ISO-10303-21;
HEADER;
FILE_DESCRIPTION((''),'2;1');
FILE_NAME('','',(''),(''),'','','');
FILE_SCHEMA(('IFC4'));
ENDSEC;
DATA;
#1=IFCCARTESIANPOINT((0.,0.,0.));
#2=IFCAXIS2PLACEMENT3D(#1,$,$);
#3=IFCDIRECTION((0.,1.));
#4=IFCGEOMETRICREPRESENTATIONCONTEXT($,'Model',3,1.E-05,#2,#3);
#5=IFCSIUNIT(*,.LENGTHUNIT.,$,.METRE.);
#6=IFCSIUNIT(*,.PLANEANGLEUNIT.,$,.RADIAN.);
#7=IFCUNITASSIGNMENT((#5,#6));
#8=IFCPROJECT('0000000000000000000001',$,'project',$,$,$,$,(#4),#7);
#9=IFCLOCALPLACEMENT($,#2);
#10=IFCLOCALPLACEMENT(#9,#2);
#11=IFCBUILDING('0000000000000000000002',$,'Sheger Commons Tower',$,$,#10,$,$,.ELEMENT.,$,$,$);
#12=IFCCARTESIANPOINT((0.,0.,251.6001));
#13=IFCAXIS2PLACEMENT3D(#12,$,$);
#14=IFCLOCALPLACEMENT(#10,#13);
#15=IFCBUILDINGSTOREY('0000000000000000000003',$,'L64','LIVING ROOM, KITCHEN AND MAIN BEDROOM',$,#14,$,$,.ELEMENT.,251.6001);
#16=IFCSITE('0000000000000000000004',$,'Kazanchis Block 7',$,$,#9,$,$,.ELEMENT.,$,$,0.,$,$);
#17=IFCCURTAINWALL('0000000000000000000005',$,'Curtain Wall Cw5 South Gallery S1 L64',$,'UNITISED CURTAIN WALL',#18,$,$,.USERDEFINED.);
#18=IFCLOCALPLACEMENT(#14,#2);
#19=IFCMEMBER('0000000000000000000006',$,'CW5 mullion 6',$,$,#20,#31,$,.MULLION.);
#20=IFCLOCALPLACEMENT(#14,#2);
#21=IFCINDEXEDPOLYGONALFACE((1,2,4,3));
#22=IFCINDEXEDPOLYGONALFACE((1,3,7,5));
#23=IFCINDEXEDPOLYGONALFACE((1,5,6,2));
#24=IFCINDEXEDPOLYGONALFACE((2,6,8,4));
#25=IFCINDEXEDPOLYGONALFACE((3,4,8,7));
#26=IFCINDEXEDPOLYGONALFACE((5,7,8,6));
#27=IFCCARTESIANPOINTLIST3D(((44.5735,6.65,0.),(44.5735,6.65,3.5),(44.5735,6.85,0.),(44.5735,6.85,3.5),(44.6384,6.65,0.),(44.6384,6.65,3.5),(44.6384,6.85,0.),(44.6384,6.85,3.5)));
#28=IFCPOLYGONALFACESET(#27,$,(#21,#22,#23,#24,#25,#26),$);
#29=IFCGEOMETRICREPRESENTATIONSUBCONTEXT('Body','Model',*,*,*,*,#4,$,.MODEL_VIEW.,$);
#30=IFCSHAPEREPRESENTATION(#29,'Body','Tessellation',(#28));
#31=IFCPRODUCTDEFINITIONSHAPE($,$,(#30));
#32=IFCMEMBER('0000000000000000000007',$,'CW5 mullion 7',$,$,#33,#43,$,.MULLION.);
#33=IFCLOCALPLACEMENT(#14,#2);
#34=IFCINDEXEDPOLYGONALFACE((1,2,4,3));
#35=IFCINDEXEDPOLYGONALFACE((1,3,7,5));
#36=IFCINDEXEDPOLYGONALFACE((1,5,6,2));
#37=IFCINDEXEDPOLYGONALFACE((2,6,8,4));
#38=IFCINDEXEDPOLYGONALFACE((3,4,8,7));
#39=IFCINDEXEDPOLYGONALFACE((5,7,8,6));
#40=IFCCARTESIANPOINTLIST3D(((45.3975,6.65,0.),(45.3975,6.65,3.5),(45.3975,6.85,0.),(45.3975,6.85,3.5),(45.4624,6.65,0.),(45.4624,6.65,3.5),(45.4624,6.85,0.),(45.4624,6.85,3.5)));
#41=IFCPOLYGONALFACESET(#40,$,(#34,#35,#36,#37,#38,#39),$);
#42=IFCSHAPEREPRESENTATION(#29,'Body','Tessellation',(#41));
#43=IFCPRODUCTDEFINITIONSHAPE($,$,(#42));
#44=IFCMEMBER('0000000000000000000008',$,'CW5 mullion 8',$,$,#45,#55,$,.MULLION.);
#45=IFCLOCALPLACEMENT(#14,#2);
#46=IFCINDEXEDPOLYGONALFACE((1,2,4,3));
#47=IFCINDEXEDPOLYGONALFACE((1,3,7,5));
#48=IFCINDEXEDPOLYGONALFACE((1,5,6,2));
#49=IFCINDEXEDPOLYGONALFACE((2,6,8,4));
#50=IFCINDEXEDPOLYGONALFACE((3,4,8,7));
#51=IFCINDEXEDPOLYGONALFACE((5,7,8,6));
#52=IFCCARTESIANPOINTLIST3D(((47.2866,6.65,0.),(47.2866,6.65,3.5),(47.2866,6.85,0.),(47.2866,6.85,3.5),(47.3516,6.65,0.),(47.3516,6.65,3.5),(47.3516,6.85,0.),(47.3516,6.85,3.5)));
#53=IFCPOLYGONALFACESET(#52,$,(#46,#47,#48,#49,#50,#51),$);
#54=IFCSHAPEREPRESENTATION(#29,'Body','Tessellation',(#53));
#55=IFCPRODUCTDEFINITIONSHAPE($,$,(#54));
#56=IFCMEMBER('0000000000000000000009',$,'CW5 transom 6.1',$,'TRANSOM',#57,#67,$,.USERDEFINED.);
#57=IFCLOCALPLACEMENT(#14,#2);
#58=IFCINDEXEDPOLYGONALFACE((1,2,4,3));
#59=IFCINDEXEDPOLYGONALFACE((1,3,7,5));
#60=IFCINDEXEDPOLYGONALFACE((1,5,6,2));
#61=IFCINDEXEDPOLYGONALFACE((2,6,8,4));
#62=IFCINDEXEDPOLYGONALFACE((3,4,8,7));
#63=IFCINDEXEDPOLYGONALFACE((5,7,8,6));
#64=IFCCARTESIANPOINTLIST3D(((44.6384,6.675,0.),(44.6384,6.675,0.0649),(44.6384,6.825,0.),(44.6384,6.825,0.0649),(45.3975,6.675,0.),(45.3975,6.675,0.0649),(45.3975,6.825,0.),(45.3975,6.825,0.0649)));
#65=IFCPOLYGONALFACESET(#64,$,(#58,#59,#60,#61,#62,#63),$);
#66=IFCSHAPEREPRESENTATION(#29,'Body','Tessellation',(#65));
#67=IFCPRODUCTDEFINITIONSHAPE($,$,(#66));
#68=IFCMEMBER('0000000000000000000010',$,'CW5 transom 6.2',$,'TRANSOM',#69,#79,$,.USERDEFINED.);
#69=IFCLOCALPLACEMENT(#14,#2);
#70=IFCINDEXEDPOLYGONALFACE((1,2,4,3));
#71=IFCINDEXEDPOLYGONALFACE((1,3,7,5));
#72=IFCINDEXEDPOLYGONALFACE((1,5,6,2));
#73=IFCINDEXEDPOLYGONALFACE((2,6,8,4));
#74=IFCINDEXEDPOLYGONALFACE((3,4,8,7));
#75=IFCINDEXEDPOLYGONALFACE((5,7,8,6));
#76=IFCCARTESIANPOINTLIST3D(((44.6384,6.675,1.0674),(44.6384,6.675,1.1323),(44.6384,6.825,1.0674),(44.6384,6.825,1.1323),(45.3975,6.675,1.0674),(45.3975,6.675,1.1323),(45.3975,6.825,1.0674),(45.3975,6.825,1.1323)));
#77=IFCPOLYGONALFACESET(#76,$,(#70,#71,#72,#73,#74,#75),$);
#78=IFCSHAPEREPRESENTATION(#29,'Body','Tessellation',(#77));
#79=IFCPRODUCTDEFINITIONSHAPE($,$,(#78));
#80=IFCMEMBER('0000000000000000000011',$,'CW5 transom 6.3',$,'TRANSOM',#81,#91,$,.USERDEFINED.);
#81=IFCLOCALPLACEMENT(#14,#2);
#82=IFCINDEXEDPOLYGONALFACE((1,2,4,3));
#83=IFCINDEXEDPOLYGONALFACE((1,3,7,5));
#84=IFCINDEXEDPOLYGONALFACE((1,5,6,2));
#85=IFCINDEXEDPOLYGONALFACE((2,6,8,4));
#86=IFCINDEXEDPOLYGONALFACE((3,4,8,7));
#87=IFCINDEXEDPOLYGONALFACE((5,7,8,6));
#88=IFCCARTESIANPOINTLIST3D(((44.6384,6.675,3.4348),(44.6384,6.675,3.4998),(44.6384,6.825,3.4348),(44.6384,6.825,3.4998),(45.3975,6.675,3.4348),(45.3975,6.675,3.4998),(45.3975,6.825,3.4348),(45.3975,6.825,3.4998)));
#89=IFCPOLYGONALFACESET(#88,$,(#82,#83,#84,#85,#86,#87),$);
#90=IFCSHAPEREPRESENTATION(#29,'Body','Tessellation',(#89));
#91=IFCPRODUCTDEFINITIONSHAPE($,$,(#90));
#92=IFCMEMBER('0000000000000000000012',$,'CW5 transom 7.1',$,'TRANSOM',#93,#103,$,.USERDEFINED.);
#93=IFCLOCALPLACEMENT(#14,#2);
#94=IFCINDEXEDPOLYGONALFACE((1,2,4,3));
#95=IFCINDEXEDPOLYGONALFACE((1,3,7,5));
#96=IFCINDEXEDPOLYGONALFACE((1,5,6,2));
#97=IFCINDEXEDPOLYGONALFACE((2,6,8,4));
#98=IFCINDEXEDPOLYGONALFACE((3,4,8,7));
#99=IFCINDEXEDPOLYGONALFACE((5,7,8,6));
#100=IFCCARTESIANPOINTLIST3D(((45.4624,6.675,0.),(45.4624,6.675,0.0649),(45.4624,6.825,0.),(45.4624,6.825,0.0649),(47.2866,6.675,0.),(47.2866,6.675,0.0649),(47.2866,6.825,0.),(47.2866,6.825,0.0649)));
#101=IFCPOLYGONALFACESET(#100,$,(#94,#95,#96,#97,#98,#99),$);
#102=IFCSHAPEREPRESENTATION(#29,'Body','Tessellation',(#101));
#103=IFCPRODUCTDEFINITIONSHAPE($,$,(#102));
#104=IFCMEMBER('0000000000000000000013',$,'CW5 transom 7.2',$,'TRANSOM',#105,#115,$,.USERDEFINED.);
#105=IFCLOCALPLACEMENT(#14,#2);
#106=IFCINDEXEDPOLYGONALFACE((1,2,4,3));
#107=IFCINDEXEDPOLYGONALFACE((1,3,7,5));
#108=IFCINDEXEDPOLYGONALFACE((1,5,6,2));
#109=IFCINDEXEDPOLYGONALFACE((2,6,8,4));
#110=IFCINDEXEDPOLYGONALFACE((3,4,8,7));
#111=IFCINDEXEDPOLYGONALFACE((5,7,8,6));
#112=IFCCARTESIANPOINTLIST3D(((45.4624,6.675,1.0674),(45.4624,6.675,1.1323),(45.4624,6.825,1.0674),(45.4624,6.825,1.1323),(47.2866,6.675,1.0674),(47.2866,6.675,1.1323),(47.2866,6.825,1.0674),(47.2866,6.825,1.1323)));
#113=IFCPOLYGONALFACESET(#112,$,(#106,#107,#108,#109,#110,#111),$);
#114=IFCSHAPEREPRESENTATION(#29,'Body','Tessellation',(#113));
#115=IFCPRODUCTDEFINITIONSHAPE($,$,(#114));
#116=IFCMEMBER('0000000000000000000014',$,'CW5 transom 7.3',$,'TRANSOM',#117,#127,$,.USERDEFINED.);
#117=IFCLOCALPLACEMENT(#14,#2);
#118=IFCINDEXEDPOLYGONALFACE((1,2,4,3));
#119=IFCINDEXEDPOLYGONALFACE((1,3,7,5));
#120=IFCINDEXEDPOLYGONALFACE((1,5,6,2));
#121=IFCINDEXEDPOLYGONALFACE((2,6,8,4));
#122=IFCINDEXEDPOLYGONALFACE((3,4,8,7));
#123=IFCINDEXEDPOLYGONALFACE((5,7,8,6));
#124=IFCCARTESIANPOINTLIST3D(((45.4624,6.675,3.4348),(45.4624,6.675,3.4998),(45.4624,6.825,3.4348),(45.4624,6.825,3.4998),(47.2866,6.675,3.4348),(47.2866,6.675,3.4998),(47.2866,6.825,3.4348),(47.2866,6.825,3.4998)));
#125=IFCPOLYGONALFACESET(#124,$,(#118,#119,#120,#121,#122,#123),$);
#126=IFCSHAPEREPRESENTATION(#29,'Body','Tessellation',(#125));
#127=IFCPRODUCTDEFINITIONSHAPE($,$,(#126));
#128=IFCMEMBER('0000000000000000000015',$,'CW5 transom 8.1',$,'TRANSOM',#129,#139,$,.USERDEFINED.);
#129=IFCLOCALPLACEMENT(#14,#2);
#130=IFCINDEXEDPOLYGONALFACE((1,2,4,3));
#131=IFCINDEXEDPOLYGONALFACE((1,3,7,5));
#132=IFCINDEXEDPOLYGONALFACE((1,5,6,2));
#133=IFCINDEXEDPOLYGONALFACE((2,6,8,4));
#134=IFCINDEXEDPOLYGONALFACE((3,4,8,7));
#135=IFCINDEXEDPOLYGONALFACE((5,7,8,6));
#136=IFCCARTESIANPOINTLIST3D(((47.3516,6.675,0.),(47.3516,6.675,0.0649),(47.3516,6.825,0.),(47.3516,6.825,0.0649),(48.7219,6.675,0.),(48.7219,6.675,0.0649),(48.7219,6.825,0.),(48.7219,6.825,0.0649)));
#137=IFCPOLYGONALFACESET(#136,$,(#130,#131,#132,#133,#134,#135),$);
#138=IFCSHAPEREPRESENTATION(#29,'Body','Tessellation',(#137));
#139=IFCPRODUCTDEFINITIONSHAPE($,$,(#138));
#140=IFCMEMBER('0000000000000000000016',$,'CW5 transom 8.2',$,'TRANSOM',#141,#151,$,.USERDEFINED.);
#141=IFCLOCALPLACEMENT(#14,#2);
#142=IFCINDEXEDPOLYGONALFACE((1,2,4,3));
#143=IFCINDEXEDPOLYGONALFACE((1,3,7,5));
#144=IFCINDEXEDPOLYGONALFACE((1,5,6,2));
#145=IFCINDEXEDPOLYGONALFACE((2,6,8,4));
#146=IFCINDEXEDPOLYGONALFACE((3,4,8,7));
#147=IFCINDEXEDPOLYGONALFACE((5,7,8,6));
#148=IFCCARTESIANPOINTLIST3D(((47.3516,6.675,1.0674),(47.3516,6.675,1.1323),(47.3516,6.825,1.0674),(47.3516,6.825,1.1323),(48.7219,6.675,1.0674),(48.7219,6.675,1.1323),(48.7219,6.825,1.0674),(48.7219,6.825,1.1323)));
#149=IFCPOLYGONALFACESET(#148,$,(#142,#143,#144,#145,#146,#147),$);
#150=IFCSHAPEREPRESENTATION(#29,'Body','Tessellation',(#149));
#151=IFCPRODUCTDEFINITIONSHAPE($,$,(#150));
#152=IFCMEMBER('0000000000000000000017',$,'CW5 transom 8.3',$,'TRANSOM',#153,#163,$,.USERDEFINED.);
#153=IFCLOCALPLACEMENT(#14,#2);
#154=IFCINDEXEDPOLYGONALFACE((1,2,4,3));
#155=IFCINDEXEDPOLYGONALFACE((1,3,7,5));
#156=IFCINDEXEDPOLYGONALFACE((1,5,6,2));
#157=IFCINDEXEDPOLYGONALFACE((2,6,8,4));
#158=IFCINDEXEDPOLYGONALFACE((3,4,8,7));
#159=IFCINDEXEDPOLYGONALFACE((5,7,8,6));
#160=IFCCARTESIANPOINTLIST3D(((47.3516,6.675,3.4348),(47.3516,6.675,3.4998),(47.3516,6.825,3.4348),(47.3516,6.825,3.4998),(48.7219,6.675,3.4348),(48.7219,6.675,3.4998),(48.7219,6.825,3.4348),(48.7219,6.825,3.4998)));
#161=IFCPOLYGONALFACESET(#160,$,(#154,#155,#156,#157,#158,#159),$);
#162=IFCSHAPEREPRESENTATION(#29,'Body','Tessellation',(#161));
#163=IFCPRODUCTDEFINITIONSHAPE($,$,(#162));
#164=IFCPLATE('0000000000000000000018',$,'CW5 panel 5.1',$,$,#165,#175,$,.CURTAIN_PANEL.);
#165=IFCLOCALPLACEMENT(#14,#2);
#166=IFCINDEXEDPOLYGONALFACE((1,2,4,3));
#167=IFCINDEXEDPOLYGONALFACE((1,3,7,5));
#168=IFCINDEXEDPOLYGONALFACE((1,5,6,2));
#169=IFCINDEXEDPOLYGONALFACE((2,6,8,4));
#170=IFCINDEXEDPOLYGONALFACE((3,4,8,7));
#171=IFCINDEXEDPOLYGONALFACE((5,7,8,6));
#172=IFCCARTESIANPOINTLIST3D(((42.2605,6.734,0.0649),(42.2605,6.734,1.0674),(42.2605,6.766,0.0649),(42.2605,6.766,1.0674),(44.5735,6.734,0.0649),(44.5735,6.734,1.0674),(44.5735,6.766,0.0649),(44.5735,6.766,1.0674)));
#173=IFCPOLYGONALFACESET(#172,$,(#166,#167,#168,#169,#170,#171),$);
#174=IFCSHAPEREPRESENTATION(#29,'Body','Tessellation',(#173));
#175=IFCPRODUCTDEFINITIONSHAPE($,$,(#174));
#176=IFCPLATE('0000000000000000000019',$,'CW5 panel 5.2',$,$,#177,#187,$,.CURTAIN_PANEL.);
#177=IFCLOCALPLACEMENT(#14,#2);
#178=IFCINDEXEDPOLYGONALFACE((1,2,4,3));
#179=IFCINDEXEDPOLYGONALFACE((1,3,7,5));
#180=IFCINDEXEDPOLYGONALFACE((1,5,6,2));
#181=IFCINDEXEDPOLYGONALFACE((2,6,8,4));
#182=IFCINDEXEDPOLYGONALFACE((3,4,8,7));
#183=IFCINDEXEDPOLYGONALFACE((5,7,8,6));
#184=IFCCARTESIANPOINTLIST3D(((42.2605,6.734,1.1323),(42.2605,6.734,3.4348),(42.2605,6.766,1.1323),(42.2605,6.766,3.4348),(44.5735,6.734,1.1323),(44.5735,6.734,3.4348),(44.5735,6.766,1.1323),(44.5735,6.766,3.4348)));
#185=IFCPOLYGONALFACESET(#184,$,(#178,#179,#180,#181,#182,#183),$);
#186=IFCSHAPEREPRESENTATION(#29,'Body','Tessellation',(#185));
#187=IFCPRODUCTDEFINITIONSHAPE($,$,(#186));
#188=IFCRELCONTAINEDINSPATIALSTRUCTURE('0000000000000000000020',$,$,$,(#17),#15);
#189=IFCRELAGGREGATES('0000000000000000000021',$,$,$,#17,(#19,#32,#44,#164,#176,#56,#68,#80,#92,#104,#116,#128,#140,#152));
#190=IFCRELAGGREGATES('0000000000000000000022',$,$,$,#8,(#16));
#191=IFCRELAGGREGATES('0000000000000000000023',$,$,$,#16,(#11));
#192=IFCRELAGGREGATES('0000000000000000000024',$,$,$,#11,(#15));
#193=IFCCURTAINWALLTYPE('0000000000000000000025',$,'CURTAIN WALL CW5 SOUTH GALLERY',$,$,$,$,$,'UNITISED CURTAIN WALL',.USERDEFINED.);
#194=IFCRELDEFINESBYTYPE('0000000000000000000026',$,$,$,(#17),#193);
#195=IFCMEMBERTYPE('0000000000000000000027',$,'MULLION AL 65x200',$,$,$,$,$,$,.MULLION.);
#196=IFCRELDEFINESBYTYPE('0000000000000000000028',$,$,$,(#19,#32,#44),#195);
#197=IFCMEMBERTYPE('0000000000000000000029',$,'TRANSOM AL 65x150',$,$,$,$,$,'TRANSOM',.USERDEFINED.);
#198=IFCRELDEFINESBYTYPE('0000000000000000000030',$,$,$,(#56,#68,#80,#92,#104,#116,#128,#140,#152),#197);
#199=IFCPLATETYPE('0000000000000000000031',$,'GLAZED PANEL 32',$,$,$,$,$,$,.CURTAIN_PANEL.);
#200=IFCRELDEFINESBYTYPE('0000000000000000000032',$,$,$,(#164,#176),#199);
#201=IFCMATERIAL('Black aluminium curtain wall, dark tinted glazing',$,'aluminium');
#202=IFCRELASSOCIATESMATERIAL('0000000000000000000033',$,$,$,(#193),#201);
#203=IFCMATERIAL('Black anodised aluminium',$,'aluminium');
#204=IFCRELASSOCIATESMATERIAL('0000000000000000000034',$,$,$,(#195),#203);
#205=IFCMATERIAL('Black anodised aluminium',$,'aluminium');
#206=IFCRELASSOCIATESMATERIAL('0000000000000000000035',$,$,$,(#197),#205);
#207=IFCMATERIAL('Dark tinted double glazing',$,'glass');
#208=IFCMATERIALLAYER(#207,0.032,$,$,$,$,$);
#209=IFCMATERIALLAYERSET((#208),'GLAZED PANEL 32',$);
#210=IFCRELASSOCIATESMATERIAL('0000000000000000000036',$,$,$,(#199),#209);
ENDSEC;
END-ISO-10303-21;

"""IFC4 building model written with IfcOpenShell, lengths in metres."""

from ifc_helpers import new_model, si_unit, direction, frame, origin, origin_2d, place, context, subcontext, project, spatial, rectangle, extrude, material, layer, layer_set, material_profile, profile_set, type_object, element, aggregate, save


model = new_model("IFC4")

# Units and contexts
model_context = context("Model", 3, precision=1e-05, world=origin(), true_north=direction((0.0, 1.0)))
body_context = subcontext(model_context, "Body", "Model", "MODEL_VIEW")
ifc_project = project(units=[si_unit("LENGTHUNIT", "METRE"), si_unit("PLANEANGLEUNIT", "RADIAN")], contexts=[model_context])

# Site, building, storey
site_placement = place(None, origin())
site = spatial("IfcSite", under=ifc_project, at=site_placement, Name="Kazanchis Block 7", CompositionType="ELEMENT", RefElevation=0.0)
building_placement = place(site_placement, origin())
building = spatial("IfcBuilding", under=site, at=building_placement, Name="Sheger Commons Tower", CompositionType="ELEMENT")
storey_placement = place(building_placement, frame((0.0, 0.0, 251.6001)))
storey = spatial("IfcBuildingStorey", under=building, at=storey_placement, Name="L64", Description="LIVING ROOM, KITCHEN AND MAIN BEDROOM", CompositionType="ELEMENT", Elevation=251.6001)

# Curtain wall, members, plates
ifc_material_1 = material(Name="Black aluminium curtain wall, dark tinted glazing", Category="aluminium")
curtain_wall_type = type_object("IfcCurtainWallType", Name="CURTAIN WALL CW5 SOUTH GALLERY", ElementType="UNITISED CURTAIN WALL", PredefinedType="USERDEFINED", material=ifc_material_1)
curtain_wall_placement = place(storey_placement, origin())
curtain_wall = element("IfcCurtainWall", 1, at=curtain_wall_placement, inside=storey, type_object=curtain_wall_type, Name="Curtain Wall Cw5 South Gallery S1 L64", ObjectType="UNITISED CURTAIN WALL", PredefinedType="USERDEFINED")
ifc_material_2 = material(Name="Black anodised aluminium", Category="aluminium")
ifc_material_profile_1 = material_profile(ifc_material_2, rectangle(XDim=0.2, YDim=0.0649, at=origin_2d()), Name="AL 65x200")
ifc_profile_set_1 = profile_set([ifc_material_profile_1], Name="Black anodised aluminium")
member_type_1 = type_object("IfcMemberType", Name="MULLION AL 65x200", PredefinedType="MULLION", material=ifc_profile_set_1)
member_1_placement = place(storey_placement, frame((44.606, 6.75, 0.0), z_axis=(0.0, 0.0, 1.0), x_axis=(0.0, 1.0, 0.0)))
member_1 = element("IfcMember", 2, at=member_1_placement, type_object=member_type_1, Name="CW5 mullion 6", PredefinedType="MULLION", context=body_context, shape_type="SweptSolid", body=[
    extrude(rectangle(XDim=0.2, YDim=0.0649, at=origin_2d()), origin(), (0.0, 0.0, 1.0), 3.5),
])
member_2_placement = place(storey_placement, frame((45.4299, 6.75, 0.0), z_axis=(0.0, 0.0, 1.0), x_axis=(0.0, 1.0, 0.0)))
member_2 = element("IfcMember", 3, at=member_2_placement, type_object=member_type_1, Name="CW5 mullion 7", PredefinedType="MULLION", context=body_context, shape_type="SweptSolid", body=[
    extrude(rectangle(XDim=0.2, YDim=0.0649, at=origin_2d()), origin(), (0.0, 0.0, 1.0), 3.5),
])
member_3_placement = place(storey_placement, frame((47.3191, 6.75, 0.0), z_axis=(0.0, 0.0, 1.0), x_axis=(0.0, 1.0, 0.0)))
member_3 = element("IfcMember", 4, at=member_3_placement, type_object=member_type_1, Name="CW5 mullion 8", PredefinedType="MULLION", context=body_context, shape_type="SweptSolid", body=[
    extrude(rectangle(XDim=0.2, YDim=0.0649, at=origin_2d()), origin(), (0.0, 0.0, 1.0), 3.5),
])
ifc_material_3 = material(Name="Black anodised aluminium", Category="aluminium")
ifc_material_profile_2 = material_profile(ifc_material_3, rectangle(XDim=0.1499, YDim=0.0649, at=origin_2d()), Name="AL 65x150")
ifc_profile_set_2 = profile_set([ifc_material_profile_2], Name="Black anodised aluminium")
member_type_2 = type_object("IfcMemberType", Name="TRANSOM AL 65x150", ElementType="TRANSOM", PredefinedType="USERDEFINED", material=ifc_profile_set_2)
member_4_placement = place(storey_placement, frame((44.6384, 6.75, 0.0325), z_axis=(1.0, 0.0, 0.0), x_axis=(0.0, 1.0, 0.0)))
member_4 = element("IfcMember", 5, at=member_4_placement, type_object=member_type_2, Name="CW5 transom 6.1", ObjectType="TRANSOM", PredefinedType="USERDEFINED", context=body_context, shape_type="SweptSolid", body=[
    extrude(rectangle(XDim=0.1499, YDim=0.0649, at=origin_2d()), origin(), (0.0, 0.0, 1.0), 0.759),
])
member_5_placement = place(storey_placement, frame((44.6384, 6.75, 1.0999), z_axis=(1.0, 0.0, 0.0), x_axis=(0.0, 1.0, 0.0)))
member_5 = element("IfcMember", 6, at=member_5_placement, type_object=member_type_2, Name="CW5 transom 6.2", ObjectType="TRANSOM", PredefinedType="USERDEFINED", context=body_context, shape_type="SweptSolid", body=[
    extrude(rectangle(XDim=0.1499, YDim=0.0649, at=origin_2d()), origin(), (0.0, 0.0, 1.0), 0.759),
])
member_6_placement = place(storey_placement, frame((44.6384, 6.75, 3.4673), z_axis=(1.0, 0.0, 0.0), x_axis=(0.0, 1.0, 0.0)))
member_6 = element("IfcMember", 7, at=member_6_placement, type_object=member_type_2, Name="CW5 transom 6.3", ObjectType="TRANSOM", PredefinedType="USERDEFINED", context=body_context, shape_type="SweptSolid", body=[
    extrude(rectangle(XDim=0.1499, YDim=0.0649, at=origin_2d()), origin(), (0.0, 0.0, 1.0), 0.759),
])
member_7_placement = place(storey_placement, frame((45.4624, 6.75, 0.0325), z_axis=(1.0, 0.0, 0.0), x_axis=(0.0, 1.0, 0.0)))
member_7 = element("IfcMember", 8, at=member_7_placement, type_object=member_type_2, Name="CW5 transom 7.1", ObjectType="TRANSOM", PredefinedType="USERDEFINED", context=body_context, shape_type="SweptSolid", body=[
    extrude(rectangle(XDim=0.1499, YDim=0.0649, at=origin_2d()), origin(), (0.0, 0.0, 1.0), 1.8242),
])
member_8_placement = place(storey_placement, frame((45.4624, 6.75, 1.0999), z_axis=(1.0, 0.0, 0.0), x_axis=(0.0, 1.0, 0.0)))
member_8 = element("IfcMember", 9, at=member_8_placement, type_object=member_type_2, Name="CW5 transom 7.2", ObjectType="TRANSOM", PredefinedType="USERDEFINED", context=body_context, shape_type="SweptSolid", body=[
    extrude(rectangle(XDim=0.1499, YDim=0.0649, at=origin_2d()), origin(), (0.0, 0.0, 1.0), 1.8242),
])
member_9_placement = place(storey_placement, frame((45.4624, 6.75, 3.4673), z_axis=(1.0, 0.0, 0.0), x_axis=(0.0, 1.0, 0.0)))
member_9 = element("IfcMember", 10, at=member_9_placement, type_object=member_type_2, Name="CW5 transom 7.3", ObjectType="TRANSOM", PredefinedType="USERDEFINED", context=body_context, shape_type="SweptSolid", body=[
    extrude(rectangle(XDim=0.1499, YDim=0.0649, at=origin_2d()), origin(), (0.0, 0.0, 1.0), 1.8242),
])
member_10_placement = place(storey_placement, frame((47.3516, 6.75, 0.0325), z_axis=(1.0, 0.0, 0.0), x_axis=(0.0, 1.0, 0.0)))
member_10 = element("IfcMember", 11, at=member_10_placement, type_object=member_type_2, Name="CW5 transom 8.1", ObjectType="TRANSOM", PredefinedType="USERDEFINED", context=body_context, shape_type="SweptSolid", body=[
    extrude(rectangle(XDim=0.1499, YDim=0.0649, at=origin_2d()), origin(), (0.0, 0.0, 1.0), 1.3704),
])
member_11_placement = place(storey_placement, frame((47.3516, 6.75, 1.0999), z_axis=(1.0, 0.0, 0.0), x_axis=(0.0, 1.0, 0.0)))
member_11 = element("IfcMember", 12, at=member_11_placement, type_object=member_type_2, Name="CW5 transom 8.2", ObjectType="TRANSOM", PredefinedType="USERDEFINED", context=body_context, shape_type="SweptSolid", body=[
    extrude(rectangle(XDim=0.1499, YDim=0.0649, at=origin_2d()), origin(), (0.0, 0.0, 1.0), 1.3704),
])
member_12_placement = place(storey_placement, frame((47.3516, 6.75, 3.4673), z_axis=(1.0, 0.0, 0.0), x_axis=(0.0, 1.0, 0.0)))
member_12 = element("IfcMember", 13, at=member_12_placement, type_object=member_type_2, Name="CW5 transom 8.3", ObjectType="TRANSOM", PredefinedType="USERDEFINED", context=body_context, shape_type="SweptSolid", body=[
    extrude(rectangle(XDim=0.1499, YDim=0.0649, at=origin_2d()), origin(), (0.0, 0.0, 1.0), 1.3704),
])
ifc_material_4 = material(Name="Dark tinted double glazing", Category="glass")
ifc_layer = layer(ifc_material_4, 0.032)
ifc_layer_set = layer_set([ifc_layer], Name="GLAZED PANEL 32")
plate_type = type_object("IfcPlateType", Name="GLAZED PANEL 32", PredefinedType="CURTAIN_PANEL", material=ifc_layer_set)
plate_1_placement = place(storey_placement, frame((43.417, 6.75, 0.0649), z_axis=(0.0, 0.0, 1.0), x_axis=(1.0, 0.0, 0.0)))
plate_1 = element("IfcPlate", 14, at=plate_1_placement, type_object=plate_type, Name="CW5 panel 5.1", PredefinedType="CURTAIN_PANEL", context=body_context, shape_type="SweptSolid", body=[
    extrude(rectangle(XDim=2.313, YDim=0.032, at=origin_2d()), origin(), (0.0, 0.0, 1.0), 1.0024),
])
plate_2_placement = place(storey_placement, frame((43.417, 6.75, 1.1323), z_axis=(0.0, 0.0, 1.0), x_axis=(1.0, 0.0, 0.0)))
plate_2 = element("IfcPlate", 15, at=plate_2_placement, type_object=plate_type, Name="CW5 panel 5.2", PredefinedType="CURTAIN_PANEL", context=body_context, shape_type="SweptSolid", body=[
    extrude(rectangle(XDim=2.313, YDim=0.032, at=origin_2d()), origin(), (0.0, 0.0, 1.0), 2.3025),
])
aggregate(curtain_wall, [member_1, member_2, member_3, plate_1, plate_2, member_4, member_5, member_6, member_7, member_8, member_9, member_10, member_11, member_12])

save(model, "model.ifc")
